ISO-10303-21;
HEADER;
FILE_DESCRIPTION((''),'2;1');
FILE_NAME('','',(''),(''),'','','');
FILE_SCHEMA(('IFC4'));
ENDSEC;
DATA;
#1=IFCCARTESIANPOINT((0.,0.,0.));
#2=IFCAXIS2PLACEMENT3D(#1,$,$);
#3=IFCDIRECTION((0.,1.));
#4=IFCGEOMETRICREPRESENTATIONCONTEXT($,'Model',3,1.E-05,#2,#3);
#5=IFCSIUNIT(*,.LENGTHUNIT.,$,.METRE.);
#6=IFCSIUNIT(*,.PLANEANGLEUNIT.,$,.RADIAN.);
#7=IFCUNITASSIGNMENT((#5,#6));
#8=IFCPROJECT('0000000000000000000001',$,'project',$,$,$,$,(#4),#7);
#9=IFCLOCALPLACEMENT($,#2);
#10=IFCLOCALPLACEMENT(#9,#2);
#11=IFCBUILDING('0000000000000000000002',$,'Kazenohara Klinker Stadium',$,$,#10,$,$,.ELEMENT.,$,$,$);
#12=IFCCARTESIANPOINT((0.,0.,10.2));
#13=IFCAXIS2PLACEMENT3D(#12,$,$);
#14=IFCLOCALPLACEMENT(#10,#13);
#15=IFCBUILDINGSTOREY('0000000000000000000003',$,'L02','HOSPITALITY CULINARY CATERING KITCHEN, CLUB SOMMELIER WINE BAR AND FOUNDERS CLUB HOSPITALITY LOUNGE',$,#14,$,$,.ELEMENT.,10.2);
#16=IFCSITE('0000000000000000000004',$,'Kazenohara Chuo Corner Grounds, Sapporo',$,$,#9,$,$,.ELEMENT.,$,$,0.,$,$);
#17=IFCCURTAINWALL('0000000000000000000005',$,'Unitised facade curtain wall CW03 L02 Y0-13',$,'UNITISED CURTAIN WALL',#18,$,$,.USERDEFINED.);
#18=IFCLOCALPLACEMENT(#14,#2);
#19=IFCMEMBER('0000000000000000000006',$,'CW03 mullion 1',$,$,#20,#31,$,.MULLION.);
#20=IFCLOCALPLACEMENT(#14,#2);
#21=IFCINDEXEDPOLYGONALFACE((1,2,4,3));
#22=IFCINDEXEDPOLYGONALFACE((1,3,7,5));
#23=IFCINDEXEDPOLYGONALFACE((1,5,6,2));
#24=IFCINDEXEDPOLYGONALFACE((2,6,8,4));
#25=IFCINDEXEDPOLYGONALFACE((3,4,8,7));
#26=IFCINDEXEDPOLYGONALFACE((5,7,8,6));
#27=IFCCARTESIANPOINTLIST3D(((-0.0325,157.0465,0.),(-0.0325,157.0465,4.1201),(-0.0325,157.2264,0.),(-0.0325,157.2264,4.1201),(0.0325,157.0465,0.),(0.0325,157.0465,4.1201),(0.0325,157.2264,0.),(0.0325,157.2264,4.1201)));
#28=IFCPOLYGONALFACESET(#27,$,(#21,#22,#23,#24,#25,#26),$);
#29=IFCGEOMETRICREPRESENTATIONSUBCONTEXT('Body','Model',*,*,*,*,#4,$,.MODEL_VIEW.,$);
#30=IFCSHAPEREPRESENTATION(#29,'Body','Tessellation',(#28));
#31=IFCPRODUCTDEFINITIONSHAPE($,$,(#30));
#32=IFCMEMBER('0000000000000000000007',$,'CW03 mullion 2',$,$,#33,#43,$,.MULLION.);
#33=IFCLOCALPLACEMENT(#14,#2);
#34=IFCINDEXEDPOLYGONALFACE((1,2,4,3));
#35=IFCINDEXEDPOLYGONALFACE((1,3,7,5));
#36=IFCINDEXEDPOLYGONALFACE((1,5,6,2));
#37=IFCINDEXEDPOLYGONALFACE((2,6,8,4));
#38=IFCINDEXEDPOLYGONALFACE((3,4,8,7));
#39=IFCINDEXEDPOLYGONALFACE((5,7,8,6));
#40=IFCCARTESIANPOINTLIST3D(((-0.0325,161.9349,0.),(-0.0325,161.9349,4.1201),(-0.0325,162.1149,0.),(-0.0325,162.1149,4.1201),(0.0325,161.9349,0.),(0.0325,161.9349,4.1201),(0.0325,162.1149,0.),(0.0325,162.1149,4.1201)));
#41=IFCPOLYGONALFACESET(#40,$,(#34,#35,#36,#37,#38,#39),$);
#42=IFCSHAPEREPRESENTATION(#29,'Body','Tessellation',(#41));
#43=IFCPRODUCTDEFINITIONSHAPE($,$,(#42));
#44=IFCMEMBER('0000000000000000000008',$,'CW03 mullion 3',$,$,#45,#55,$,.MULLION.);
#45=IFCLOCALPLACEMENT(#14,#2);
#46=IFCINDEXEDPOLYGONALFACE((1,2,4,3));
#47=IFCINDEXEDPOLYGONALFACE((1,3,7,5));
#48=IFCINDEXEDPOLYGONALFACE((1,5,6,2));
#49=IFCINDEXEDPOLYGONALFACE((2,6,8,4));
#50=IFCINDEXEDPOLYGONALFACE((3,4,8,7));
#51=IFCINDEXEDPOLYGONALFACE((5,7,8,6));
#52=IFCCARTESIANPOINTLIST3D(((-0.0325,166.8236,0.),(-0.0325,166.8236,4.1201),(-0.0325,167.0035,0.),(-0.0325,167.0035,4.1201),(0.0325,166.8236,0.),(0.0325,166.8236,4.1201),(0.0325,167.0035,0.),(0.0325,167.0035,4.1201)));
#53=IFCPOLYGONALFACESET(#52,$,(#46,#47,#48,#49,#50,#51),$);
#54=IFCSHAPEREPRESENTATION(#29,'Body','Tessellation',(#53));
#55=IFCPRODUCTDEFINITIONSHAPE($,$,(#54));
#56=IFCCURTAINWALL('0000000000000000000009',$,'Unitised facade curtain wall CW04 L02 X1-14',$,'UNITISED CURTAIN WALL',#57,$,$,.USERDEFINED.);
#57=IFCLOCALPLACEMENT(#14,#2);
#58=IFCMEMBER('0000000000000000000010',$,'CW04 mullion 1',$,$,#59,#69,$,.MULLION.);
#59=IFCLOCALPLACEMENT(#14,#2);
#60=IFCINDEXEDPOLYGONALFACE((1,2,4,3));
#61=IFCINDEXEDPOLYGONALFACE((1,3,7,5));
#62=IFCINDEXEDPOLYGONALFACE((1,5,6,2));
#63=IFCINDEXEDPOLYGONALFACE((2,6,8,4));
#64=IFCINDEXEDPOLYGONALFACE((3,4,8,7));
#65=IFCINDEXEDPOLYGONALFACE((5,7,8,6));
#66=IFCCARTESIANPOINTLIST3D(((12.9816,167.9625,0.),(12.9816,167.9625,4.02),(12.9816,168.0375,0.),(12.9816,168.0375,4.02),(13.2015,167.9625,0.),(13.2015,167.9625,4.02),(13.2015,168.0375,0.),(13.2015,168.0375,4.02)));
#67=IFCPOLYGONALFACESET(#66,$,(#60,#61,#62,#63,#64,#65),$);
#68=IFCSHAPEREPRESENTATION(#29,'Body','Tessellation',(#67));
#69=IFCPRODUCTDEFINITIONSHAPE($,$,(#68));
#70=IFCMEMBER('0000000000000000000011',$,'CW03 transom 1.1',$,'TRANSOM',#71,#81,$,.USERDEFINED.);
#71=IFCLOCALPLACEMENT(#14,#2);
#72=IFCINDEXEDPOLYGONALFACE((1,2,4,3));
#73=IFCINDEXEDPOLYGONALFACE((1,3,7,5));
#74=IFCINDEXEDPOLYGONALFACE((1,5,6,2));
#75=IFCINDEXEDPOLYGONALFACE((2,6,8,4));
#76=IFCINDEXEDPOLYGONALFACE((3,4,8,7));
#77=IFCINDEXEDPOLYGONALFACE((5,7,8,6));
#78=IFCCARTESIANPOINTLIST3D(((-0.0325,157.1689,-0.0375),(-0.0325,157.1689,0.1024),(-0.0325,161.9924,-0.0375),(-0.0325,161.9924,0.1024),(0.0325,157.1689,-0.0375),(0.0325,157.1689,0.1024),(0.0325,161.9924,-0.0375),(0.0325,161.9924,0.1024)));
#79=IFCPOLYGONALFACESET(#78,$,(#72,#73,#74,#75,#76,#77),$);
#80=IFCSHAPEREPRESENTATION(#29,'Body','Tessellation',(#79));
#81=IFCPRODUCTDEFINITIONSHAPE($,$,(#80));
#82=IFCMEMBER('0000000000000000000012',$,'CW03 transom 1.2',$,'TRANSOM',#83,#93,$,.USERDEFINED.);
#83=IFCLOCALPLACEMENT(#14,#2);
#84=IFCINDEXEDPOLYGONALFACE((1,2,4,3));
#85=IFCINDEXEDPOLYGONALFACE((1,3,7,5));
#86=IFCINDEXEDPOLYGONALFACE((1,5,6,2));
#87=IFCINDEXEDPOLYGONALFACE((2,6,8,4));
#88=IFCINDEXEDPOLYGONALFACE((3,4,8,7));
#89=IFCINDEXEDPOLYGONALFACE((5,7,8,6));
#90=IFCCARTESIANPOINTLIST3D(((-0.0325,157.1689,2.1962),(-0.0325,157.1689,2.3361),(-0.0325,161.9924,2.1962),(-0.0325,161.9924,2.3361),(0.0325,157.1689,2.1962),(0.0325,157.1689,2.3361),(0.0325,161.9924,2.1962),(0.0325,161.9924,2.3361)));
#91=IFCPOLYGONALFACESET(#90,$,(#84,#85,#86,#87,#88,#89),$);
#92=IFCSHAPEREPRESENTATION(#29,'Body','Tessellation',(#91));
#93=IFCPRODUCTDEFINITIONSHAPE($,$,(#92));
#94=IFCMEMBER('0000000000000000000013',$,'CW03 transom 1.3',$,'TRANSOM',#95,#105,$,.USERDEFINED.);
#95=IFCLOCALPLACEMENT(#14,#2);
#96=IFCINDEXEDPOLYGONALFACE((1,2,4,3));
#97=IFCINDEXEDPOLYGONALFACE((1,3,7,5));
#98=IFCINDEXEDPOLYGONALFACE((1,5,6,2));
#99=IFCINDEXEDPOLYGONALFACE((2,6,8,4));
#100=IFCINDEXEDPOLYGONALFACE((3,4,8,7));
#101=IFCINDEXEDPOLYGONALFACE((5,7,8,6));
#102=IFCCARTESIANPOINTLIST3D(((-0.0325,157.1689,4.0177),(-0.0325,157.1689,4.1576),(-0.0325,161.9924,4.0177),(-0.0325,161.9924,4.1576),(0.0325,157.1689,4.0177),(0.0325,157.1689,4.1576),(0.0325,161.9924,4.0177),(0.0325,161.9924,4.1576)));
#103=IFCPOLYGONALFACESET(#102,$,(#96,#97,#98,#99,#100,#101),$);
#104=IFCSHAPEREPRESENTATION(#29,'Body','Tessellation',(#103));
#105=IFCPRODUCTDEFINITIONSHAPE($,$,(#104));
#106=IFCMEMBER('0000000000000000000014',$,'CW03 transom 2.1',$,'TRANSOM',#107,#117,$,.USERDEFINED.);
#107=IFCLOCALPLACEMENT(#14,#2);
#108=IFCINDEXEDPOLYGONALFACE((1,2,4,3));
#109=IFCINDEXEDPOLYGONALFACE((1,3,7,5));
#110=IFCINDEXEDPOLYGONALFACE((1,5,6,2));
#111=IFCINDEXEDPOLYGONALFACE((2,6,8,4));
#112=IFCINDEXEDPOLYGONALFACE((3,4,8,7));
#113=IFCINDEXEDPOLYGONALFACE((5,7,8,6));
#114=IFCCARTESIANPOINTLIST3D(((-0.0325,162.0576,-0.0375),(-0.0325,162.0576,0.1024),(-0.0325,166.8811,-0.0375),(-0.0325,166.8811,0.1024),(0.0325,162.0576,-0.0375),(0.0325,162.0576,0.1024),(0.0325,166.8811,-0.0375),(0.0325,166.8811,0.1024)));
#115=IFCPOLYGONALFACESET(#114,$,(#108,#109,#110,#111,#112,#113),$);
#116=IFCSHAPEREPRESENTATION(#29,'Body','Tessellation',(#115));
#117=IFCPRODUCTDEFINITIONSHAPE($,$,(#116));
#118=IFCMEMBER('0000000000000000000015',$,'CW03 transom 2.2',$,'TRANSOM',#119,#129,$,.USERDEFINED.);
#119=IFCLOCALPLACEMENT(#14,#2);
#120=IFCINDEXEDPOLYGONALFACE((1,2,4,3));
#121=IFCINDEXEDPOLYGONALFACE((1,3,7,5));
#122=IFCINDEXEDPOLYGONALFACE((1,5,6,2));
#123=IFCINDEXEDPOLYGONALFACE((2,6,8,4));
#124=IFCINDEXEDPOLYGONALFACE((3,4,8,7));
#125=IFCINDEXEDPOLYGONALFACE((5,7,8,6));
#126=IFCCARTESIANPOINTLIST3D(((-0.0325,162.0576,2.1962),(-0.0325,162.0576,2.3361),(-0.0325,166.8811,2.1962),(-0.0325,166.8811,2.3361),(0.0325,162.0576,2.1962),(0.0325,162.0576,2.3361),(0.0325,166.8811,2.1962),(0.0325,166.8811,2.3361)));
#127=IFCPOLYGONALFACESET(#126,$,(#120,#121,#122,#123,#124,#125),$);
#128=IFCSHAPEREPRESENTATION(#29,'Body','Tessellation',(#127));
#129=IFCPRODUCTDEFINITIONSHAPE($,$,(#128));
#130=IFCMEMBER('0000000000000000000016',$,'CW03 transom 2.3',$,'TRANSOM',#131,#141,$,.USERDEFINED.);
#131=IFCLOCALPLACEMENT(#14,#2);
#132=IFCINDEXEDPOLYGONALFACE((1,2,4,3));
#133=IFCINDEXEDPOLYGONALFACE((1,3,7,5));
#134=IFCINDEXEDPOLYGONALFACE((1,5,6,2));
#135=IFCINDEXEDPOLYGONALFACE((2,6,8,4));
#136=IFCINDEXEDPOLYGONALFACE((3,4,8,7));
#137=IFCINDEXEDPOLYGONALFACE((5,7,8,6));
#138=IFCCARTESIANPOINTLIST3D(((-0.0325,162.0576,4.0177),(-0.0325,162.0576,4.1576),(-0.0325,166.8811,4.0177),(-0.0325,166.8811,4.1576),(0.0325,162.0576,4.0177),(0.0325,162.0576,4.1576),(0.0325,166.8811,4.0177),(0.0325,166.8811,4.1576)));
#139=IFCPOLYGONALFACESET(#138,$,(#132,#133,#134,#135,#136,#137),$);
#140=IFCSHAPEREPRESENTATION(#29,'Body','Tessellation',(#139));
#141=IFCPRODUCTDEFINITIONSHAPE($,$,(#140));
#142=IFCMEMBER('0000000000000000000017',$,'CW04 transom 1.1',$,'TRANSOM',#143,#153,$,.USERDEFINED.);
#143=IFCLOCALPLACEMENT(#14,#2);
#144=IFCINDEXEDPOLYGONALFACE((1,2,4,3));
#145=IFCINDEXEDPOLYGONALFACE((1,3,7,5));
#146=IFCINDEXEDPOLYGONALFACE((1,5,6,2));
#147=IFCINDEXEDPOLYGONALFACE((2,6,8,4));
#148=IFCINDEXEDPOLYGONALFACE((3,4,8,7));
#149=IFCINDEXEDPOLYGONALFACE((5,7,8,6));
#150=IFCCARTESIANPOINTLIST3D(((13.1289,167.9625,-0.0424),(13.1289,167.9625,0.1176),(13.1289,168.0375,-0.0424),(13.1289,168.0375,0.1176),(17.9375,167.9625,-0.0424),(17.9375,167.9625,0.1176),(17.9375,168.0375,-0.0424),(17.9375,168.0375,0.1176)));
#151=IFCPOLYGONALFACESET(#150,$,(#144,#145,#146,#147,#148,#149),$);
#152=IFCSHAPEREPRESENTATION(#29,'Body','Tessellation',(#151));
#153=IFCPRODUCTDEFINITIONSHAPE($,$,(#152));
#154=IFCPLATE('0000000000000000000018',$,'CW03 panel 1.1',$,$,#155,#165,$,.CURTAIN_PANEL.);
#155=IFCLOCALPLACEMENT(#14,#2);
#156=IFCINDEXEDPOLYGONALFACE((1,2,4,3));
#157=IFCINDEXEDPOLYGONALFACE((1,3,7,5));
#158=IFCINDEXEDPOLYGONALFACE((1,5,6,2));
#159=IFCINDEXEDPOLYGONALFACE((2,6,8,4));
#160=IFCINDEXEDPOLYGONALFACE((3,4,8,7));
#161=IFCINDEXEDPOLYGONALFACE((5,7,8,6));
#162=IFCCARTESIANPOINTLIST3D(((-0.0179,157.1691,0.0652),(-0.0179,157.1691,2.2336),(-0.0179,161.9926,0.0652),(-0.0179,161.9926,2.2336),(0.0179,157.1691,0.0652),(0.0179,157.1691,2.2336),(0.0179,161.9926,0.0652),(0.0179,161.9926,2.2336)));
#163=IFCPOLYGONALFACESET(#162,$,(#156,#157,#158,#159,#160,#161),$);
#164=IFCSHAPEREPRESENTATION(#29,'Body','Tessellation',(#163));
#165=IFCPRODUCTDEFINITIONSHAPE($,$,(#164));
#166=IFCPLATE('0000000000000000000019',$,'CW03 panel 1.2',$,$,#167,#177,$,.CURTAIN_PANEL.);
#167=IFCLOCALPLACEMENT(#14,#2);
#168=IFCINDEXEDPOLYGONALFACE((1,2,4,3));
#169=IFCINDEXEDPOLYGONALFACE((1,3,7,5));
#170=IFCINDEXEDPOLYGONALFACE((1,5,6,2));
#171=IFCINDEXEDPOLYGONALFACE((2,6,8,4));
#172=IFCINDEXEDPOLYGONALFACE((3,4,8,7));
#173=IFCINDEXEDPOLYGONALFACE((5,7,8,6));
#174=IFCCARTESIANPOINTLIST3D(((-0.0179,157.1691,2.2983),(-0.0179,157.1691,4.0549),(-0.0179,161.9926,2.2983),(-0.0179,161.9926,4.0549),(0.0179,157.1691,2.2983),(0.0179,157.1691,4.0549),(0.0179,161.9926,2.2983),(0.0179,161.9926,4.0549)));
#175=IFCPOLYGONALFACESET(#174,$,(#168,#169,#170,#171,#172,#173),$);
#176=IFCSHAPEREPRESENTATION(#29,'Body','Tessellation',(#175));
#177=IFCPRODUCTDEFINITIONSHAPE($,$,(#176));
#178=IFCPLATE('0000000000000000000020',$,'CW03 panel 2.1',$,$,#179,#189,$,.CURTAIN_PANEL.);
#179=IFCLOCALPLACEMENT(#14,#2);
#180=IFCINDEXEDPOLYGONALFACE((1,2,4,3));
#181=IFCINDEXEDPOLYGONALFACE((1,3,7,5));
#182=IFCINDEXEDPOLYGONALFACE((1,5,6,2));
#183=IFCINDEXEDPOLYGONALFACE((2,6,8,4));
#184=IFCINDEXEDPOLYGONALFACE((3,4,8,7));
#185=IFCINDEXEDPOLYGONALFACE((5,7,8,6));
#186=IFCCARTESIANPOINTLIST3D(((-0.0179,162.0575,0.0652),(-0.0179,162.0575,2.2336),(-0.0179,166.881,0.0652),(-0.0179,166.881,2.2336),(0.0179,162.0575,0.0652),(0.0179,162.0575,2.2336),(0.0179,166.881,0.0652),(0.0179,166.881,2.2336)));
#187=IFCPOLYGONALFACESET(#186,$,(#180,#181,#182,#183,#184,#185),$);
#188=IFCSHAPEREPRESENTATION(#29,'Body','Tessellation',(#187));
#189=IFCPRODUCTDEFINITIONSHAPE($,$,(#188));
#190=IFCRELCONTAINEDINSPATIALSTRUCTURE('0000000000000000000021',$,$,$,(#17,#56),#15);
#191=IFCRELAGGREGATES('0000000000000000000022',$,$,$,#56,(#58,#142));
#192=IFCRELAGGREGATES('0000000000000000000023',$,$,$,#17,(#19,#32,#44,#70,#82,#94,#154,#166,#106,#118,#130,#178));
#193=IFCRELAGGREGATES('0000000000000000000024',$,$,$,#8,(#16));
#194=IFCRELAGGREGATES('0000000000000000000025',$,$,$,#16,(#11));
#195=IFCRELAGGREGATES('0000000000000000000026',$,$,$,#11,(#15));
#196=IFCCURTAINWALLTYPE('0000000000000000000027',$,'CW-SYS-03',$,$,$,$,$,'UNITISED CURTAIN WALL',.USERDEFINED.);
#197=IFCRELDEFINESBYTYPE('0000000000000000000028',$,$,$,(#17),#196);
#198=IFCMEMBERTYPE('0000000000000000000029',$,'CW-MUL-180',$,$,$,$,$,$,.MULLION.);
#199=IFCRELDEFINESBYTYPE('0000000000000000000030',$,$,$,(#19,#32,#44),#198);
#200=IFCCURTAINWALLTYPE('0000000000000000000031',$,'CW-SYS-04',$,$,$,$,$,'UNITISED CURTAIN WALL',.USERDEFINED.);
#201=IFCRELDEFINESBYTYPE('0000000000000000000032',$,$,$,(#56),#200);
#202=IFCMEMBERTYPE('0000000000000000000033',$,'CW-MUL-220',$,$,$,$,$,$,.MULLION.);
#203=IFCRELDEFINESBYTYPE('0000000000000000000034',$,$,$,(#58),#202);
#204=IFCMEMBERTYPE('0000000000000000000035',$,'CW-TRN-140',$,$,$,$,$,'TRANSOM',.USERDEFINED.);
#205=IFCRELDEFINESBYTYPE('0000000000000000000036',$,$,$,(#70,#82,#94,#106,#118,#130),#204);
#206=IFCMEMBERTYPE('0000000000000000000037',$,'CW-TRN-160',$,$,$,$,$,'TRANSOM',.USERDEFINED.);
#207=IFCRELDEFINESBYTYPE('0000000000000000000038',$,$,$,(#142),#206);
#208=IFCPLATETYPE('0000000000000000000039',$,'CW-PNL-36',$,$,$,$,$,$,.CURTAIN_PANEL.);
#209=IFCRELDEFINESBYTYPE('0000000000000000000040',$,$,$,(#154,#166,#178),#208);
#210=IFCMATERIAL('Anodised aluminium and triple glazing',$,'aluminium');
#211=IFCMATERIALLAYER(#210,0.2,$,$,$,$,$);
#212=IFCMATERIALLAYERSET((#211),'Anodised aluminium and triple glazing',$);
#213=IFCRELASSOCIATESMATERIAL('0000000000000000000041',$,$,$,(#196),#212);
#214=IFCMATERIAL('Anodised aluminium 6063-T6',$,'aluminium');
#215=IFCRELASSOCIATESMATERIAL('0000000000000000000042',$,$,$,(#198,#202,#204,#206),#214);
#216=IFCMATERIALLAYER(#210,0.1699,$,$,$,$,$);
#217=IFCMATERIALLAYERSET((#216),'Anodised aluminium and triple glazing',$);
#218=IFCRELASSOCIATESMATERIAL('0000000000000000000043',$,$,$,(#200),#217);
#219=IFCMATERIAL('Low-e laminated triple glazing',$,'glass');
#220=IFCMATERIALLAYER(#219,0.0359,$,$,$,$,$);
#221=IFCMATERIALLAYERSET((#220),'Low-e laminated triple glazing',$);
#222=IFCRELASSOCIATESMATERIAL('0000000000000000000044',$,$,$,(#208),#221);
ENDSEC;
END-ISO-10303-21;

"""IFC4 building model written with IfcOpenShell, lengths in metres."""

from ifc_helpers import new_model, si_unit, direction, frame, origin, origin_2d, place, context, subcontext, project, spatial, rectangle, extrude, material, layer, layer_set, material_profile, profile_set, type_object, element, aggregate, save


model = new_model("IFC4")

# Units and contexts
model_context = context("Model", 3, precision=1e-05, world=origin(), true_north=direction((0.0, 1.0)))
body_context = subcontext(model_context, "Body", "Model", "MODEL_VIEW")
ifc_project = project(units=[si_unit("LENGTHUNIT", "METRE"), si_unit("PLANEANGLEUNIT", "RADIAN")], contexts=[model_context])

# Site, building, storey
site_placement = place(None, origin())
site = spatial("IfcSite", under=ifc_project, at=site_placement, Name="Kazenohara Chuo Corner Grounds, Sapporo", CompositionType="ELEMENT", RefElevation=0.0)
building_placement = place(site_placement, origin())
building = spatial("IfcBuilding", under=site, at=building_placement, Name="Kazenohara Klinker Stadium", CompositionType="ELEMENT")
storey_placement = place(building_placement, frame((0.0, 0.0, 10.2)))
storey = spatial("IfcBuildingStorey", under=building, at=storey_placement, Name="L02", Description="HOSPITALITY CULINARY CATERING KITCHEN, CLUB SOMMELIER WINE BAR AND FOUNDERS CLUB HOSPITALITY LOUNGE", CompositionType="ELEMENT", Elevation=10.2)

# Curtain wall, members
ifc_material_1 = material(Name="Anodised aluminium and triple glazing", Category="aluminium")
ifc_layer_1 = layer(ifc_material_1, 0.2)
ifc_layer_set_1 = layer_set([ifc_layer_1], Name="Anodised aluminium and triple glazing")
curtain_wall_type_1 = type_object("IfcCurtainWallType", Name="CW-SYS-03", ElementType="UNITISED CURTAIN WALL", PredefinedType="USERDEFINED", material=ifc_layer_set_1)
curtain_wall_1_placement = place(storey_placement, origin())
curtain_wall_1 = element("IfcCurtainWall", 1, at=curtain_wall_1_placement, inside=storey, type_object=curtain_wall_type_1, Name="Unitised facade curtain wall CW03 L02 Y0-13", ObjectType="UNITISED CURTAIN WALL", PredefinedType="USERDEFINED")
ifc_material_2 = material(Name="Anodised aluminium 6063-T6", Category="aluminium")
ifc_material_profile_1 = material_profile(ifc_material_2, rectangle(XDim=0.0649, YDim=0.1799, at=origin_2d()), Name="ALU-MUL-65x180")
ifc_profile_set_1 = profile_set([ifc_material_profile_1], Name="Anodised aluminium 6063-T6")
member_type_1 = type_object("IfcMemberType", Name="CW-MUL-180", PredefinedType="MULLION", material=ifc_profile_set_1)
member_1_placement = place(storey_placement, frame((0.0, 157.1365, 0.0), z_axis=(0.0, 0.0, 1.0), x_axis=(-1.0, 0.0, 0.0)))
member_1 = element("IfcMember", 2, at=member_1_placement, type_object=member_type_1, Name="CW03 mullion 1", PredefinedType="MULLION", context=body_context, shape_type="SweptSolid", body=[
    extrude(rectangle(XDim=0.0649, YDim=0.1799, at=origin_2d()), origin(), (0.0, 0.0, 1.0), 4.1201),
])
member_2_placement = place(storey_placement, frame((0.0, 162.0249, 0.0), z_axis=(0.0, 0.0, 1.0), x_axis=(-1.0, 0.0, 0.0)))
member_2 = element("IfcMember", 3, at=member_2_placement, type_object=member_type_1, Name="CW03 mullion 2", PredefinedType="MULLION", context=body_context, shape_type="SweptSolid", body=[
    extrude(rectangle(XDim=0.0649, YDim=0.1799, at=origin_2d()), origin(), (0.0, 0.0, 1.0), 4.1201),
])
member_3_placement = place(storey_placement, frame((0.0, 166.9136, 0.0), z_axis=(0.0, 0.0, 1.0), x_axis=(-1.0, 0.0, 0.0)))
member_3 = element("IfcMember", 4, at=member_3_placement, type_object=member_type_1, Name="CW03 mullion 3", PredefinedType="MULLION", context=body_context, shape_type="SweptSolid", body=[
    extrude(rectangle(XDim=0.0649, YDim=0.1799, at=origin_2d()), origin(), (0.0, 0.0, 1.0), 4.1201),
])

# Curtain wall, member
ifc_layer_2 = layer(ifc_material_1, 0.1699)
ifc_layer_set_2 = layer_set([ifc_layer_2], Name="Anodised aluminium and triple glazing")
curtain_wall_type_2 = type_object("IfcCurtainWallType", Name="CW-SYS-04", ElementType="UNITISED CURTAIN WALL", PredefinedType="USERDEFINED", material=ifc_layer_set_2)
curtain_wall_2_placement = place(storey_placement, origin())
curtain_wall_2 = element("IfcCurtainWall", 5, at=curtain_wall_2_placement, inside=storey, type_object=curtain_wall_type_2, Name="Unitised facade curtain wall CW04 L02 X1-14", ObjectType="UNITISED CURTAIN WALL", PredefinedType="USERDEFINED")
ifc_material_profile_2 = material_profile(ifc_material_2, rectangle(XDim=0.075, YDim=0.22, at=origin_2d()), Name="ALU-MUL-75x220")
ifc_profile_set_2 = profile_set([ifc_material_profile_2], Name="Anodised aluminium 6063-T6")
member_type_2 = type_object("IfcMemberType", Name="CW-MUL-220", PredefinedType="MULLION", material=ifc_profile_set_2)
member_4_placement = place(storey_placement, frame((13.0916, 168.0, 0.0), z_axis=(0.0, 0.0, 1.0), x_axis=(0.0, 1.0, 0.0)))
member_4 = element("IfcMember", 6, at=member_4_placement, type_object=member_type_2, Name="CW04 mullion 1", PredefinedType="MULLION", context=body_context, shape_type="SweptSolid", body=[
    extrude(rectangle(XDim=0.075, YDim=0.22, at=origin_2d()), origin(), (0.0, 0.0, 1.0), 4.02),
])

# Members
ifc_material_profile_3 = material_profile(ifc_material_2, rectangle(XDim=0.0649, YDim=0.1399, at=origin_2d()), Name="ALU-TRN-65x140")
ifc_profile_set_3 = profile_set([ifc_material_profile_3], Name="Anodised aluminium 6063-T6")
member_type_3 = type_object("IfcMemberType", Name="CW-TRN-140", ElementType="TRANSOM", PredefinedType="USERDEFINED", material=ifc_profile_set_3)
member_5_placement = place(storey_placement, frame((0.0, 157.1689, 0.0325), z_axis=(0.0, 1.0, 0.0), x_axis=(-1.0, 0.0, 0.0)))
member_5 = element("IfcMember", 7, at=member_5_placement, type_object=member_type_3, Name="CW03 transom 1.1", ObjectType="TRANSOM", PredefinedType="USERDEFINED", context=body_context, shape_type="SweptSolid", body=[
    extrude(rectangle(XDim=0.0649, YDim=0.1399, at=origin_2d()), origin(), (0.0, 0.0, 1.0), 4.8235),
])
member_6_placement = place(storey_placement, frame((0.0, 157.1689, 2.2661), z_axis=(0.0, 1.0, 0.0), x_axis=(-1.0, 0.0, 0.0)))
member_6 = element("IfcMember", 8, at=member_6_placement, type_object=member_type_3, Name="CW03 transom 1.2", ObjectType="TRANSOM", PredefinedType="USERDEFINED", context=body_context, shape_type="SweptSolid", body=[
    extrude(rectangle(XDim=0.0649, YDim=0.1399, at=origin_2d()), origin(), (0.0, 0.0, 1.0), 4.8235),
])
member_7_placement = place(storey_placement, frame((0.0, 157.1689, 4.0876), z_axis=(0.0, 1.0, 0.0), x_axis=(-1.0, 0.0, 0.0)))
member_7 = element("IfcMember", 9, at=member_7_placement, type_object=member_type_3, Name="CW03 transom 1.3", ObjectType="TRANSOM", PredefinedType="USERDEFINED", context=body_context, shape_type="SweptSolid", body=[
    extrude(rectangle(XDim=0.0649, YDim=0.1399, at=origin_2d()), origin(), (0.0, 0.0, 1.0), 4.8235),
])
member_8_placement = place(storey_placement, frame((0.0, 162.0576, 0.0325), z_axis=(0.0, 1.0, 0.0), x_axis=(-1.0, 0.0, 0.0)))
member_8 = element("IfcMember", 10, at=member_8_placement, type_object=member_type_3, Name="CW03 transom 2.1", ObjectType="TRANSOM", PredefinedType="USERDEFINED", context=body_context, shape_type="SweptSolid", body=[
    extrude(rectangle(XDim=0.0649, YDim=0.1399, at=origin_2d()), origin(), (0.0, 0.0, 1.0), 4.8235),
])
member_9_placement = place(storey_placement, frame((0.0, 162.0576, 2.2661), z_axis=(0.0, 1.0, 0.0), x_axis=(-1.0, 0.0, 0.0)))
member_9 = element("IfcMember", 11, at=member_9_placement, type_object=member_type_3, Name="CW03 transom 2.2", ObjectType="TRANSOM", PredefinedType="USERDEFINED", context=body_context, shape_type="SweptSolid", body=[
    extrude(rectangle(XDim=0.0649, YDim=0.1399, at=origin_2d()), origin(), (0.0, 0.0, 1.0), 4.8235),
])
member_10_placement = place(storey_placement, frame((0.0, 162.0576, 4.0876), z_axis=(0.0, 1.0, 0.0), x_axis=(-1.0, 0.0, 0.0)))
member_10 = element("IfcMember", 12, at=member_10_placement, type_object=member_type_3, Name="CW03 transom 2.3", ObjectType="TRANSOM", PredefinedType="USERDEFINED", context=body_context, shape_type="SweptSolid", body=[
    extrude(rectangle(XDim=0.0649, YDim=0.1399, at=origin_2d()), origin(), (0.0, 0.0, 1.0), 4.8235),
])
ifc_material_profile_4 = material_profile(ifc_material_2, rectangle(XDim=0.075, YDim=0.1599, at=origin_2d()), Name="ALU-TRN-75x160")
ifc_profile_set_4 = profile_set([ifc_material_profile_4], Name="Anodised aluminium 6063-T6")
member_type_4 = type_object("IfcMemberType", Name="CW-TRN-160", ElementType="TRANSOM", PredefinedType="USERDEFINED", material=ifc_profile_set_4)
member_11_placement = place(storey_placement, frame((13.1289, 168.0, 0.0376), z_axis=(1.0, 0.0, 0.0), x_axis=(0.0, 1.0, 0.0)))
member_11 = element("IfcMember", 13, at=member_11_placement, type_object=member_type_4, Name="CW04 transom 1.1", ObjectType="TRANSOM", PredefinedType="USERDEFINED", context=body_context, shape_type="SweptSolid", body=[
    extrude(rectangle(XDim=0.075, YDim=0.1599, at=origin_2d()), origin(), (0.0, 0.0, 1.0), 4.8086),
])
aggregate(curtain_wall_2, [member_4, member_11])

# Plates
ifc_material_3 = material(Name="Low-e laminated triple glazing", Category="glass")
ifc_layer_3 = layer(ifc_material_3, 0.0359)
ifc_layer_set_3 = layer_set([ifc_layer_3], Name="Low-e laminated triple glazing")
plate_type = type_object("IfcPlateType", Name="CW-PNL-36", PredefinedType="CURTAIN_PANEL", material=ifc_layer_set_3)
plate_1_placement = place(storey_placement, frame((0.0, 159.5808, 0.0652), z_axis=(0.0, 0.0, 1.0), x_axis=(0.0, 1.0, 0.0)))
plate_1 = element("IfcPlate", 14, at=plate_1_placement, type_object=plate_type, Name="CW03 panel 1.1", PredefinedType="CURTAIN_PANEL", context=body_context, shape_type="SweptSolid", body=[
    extrude(rectangle(XDim=4.8235, YDim=0.0359, at=origin_2d()), origin(), (0.0, 0.0, 1.0), 2.1685),
])
plate_2_placement = place(storey_placement, frame((0.0, 159.5808, 2.2983), z_axis=(0.0, 0.0, 1.0), x_axis=(0.0, 1.0, 0.0)))
plate_2 = element("IfcPlate", 15, at=plate_2_placement, type_object=plate_type, Name="CW03 panel 1.2", PredefinedType="CURTAIN_PANEL", context=body_context, shape_type="SweptSolid", body=[
    extrude(rectangle(XDim=4.8235, YDim=0.0359, at=origin_2d()), origin(), (0.0, 0.0, 1.0), 1.7566),
])
plate_3_placement = place(storey_placement, frame((0.0, 164.4692, 0.0652), z_axis=(0.0, 0.0, 1.0), x_axis=(0.0, 1.0, 0.0)))
plate_3 = element("IfcPlate", 16, at=plate_3_placement, type_object=plate_type, Name="CW03 panel 2.1", PredefinedType="CURTAIN_PANEL", context=body_context, shape_type="SweptSolid", body=[
    extrude(rectangle(XDim=4.8235, YDim=0.0359, at=origin_2d()), origin(), (0.0, 0.0, 1.0), 2.1685),
])
aggregate(curtain_wall_1, [member_1, member_2, member_3, member_5, member_6, member_7, plate_1, plate_2, member_8, member_9, member_10, plate_3])

save(model, "model.ifc")
